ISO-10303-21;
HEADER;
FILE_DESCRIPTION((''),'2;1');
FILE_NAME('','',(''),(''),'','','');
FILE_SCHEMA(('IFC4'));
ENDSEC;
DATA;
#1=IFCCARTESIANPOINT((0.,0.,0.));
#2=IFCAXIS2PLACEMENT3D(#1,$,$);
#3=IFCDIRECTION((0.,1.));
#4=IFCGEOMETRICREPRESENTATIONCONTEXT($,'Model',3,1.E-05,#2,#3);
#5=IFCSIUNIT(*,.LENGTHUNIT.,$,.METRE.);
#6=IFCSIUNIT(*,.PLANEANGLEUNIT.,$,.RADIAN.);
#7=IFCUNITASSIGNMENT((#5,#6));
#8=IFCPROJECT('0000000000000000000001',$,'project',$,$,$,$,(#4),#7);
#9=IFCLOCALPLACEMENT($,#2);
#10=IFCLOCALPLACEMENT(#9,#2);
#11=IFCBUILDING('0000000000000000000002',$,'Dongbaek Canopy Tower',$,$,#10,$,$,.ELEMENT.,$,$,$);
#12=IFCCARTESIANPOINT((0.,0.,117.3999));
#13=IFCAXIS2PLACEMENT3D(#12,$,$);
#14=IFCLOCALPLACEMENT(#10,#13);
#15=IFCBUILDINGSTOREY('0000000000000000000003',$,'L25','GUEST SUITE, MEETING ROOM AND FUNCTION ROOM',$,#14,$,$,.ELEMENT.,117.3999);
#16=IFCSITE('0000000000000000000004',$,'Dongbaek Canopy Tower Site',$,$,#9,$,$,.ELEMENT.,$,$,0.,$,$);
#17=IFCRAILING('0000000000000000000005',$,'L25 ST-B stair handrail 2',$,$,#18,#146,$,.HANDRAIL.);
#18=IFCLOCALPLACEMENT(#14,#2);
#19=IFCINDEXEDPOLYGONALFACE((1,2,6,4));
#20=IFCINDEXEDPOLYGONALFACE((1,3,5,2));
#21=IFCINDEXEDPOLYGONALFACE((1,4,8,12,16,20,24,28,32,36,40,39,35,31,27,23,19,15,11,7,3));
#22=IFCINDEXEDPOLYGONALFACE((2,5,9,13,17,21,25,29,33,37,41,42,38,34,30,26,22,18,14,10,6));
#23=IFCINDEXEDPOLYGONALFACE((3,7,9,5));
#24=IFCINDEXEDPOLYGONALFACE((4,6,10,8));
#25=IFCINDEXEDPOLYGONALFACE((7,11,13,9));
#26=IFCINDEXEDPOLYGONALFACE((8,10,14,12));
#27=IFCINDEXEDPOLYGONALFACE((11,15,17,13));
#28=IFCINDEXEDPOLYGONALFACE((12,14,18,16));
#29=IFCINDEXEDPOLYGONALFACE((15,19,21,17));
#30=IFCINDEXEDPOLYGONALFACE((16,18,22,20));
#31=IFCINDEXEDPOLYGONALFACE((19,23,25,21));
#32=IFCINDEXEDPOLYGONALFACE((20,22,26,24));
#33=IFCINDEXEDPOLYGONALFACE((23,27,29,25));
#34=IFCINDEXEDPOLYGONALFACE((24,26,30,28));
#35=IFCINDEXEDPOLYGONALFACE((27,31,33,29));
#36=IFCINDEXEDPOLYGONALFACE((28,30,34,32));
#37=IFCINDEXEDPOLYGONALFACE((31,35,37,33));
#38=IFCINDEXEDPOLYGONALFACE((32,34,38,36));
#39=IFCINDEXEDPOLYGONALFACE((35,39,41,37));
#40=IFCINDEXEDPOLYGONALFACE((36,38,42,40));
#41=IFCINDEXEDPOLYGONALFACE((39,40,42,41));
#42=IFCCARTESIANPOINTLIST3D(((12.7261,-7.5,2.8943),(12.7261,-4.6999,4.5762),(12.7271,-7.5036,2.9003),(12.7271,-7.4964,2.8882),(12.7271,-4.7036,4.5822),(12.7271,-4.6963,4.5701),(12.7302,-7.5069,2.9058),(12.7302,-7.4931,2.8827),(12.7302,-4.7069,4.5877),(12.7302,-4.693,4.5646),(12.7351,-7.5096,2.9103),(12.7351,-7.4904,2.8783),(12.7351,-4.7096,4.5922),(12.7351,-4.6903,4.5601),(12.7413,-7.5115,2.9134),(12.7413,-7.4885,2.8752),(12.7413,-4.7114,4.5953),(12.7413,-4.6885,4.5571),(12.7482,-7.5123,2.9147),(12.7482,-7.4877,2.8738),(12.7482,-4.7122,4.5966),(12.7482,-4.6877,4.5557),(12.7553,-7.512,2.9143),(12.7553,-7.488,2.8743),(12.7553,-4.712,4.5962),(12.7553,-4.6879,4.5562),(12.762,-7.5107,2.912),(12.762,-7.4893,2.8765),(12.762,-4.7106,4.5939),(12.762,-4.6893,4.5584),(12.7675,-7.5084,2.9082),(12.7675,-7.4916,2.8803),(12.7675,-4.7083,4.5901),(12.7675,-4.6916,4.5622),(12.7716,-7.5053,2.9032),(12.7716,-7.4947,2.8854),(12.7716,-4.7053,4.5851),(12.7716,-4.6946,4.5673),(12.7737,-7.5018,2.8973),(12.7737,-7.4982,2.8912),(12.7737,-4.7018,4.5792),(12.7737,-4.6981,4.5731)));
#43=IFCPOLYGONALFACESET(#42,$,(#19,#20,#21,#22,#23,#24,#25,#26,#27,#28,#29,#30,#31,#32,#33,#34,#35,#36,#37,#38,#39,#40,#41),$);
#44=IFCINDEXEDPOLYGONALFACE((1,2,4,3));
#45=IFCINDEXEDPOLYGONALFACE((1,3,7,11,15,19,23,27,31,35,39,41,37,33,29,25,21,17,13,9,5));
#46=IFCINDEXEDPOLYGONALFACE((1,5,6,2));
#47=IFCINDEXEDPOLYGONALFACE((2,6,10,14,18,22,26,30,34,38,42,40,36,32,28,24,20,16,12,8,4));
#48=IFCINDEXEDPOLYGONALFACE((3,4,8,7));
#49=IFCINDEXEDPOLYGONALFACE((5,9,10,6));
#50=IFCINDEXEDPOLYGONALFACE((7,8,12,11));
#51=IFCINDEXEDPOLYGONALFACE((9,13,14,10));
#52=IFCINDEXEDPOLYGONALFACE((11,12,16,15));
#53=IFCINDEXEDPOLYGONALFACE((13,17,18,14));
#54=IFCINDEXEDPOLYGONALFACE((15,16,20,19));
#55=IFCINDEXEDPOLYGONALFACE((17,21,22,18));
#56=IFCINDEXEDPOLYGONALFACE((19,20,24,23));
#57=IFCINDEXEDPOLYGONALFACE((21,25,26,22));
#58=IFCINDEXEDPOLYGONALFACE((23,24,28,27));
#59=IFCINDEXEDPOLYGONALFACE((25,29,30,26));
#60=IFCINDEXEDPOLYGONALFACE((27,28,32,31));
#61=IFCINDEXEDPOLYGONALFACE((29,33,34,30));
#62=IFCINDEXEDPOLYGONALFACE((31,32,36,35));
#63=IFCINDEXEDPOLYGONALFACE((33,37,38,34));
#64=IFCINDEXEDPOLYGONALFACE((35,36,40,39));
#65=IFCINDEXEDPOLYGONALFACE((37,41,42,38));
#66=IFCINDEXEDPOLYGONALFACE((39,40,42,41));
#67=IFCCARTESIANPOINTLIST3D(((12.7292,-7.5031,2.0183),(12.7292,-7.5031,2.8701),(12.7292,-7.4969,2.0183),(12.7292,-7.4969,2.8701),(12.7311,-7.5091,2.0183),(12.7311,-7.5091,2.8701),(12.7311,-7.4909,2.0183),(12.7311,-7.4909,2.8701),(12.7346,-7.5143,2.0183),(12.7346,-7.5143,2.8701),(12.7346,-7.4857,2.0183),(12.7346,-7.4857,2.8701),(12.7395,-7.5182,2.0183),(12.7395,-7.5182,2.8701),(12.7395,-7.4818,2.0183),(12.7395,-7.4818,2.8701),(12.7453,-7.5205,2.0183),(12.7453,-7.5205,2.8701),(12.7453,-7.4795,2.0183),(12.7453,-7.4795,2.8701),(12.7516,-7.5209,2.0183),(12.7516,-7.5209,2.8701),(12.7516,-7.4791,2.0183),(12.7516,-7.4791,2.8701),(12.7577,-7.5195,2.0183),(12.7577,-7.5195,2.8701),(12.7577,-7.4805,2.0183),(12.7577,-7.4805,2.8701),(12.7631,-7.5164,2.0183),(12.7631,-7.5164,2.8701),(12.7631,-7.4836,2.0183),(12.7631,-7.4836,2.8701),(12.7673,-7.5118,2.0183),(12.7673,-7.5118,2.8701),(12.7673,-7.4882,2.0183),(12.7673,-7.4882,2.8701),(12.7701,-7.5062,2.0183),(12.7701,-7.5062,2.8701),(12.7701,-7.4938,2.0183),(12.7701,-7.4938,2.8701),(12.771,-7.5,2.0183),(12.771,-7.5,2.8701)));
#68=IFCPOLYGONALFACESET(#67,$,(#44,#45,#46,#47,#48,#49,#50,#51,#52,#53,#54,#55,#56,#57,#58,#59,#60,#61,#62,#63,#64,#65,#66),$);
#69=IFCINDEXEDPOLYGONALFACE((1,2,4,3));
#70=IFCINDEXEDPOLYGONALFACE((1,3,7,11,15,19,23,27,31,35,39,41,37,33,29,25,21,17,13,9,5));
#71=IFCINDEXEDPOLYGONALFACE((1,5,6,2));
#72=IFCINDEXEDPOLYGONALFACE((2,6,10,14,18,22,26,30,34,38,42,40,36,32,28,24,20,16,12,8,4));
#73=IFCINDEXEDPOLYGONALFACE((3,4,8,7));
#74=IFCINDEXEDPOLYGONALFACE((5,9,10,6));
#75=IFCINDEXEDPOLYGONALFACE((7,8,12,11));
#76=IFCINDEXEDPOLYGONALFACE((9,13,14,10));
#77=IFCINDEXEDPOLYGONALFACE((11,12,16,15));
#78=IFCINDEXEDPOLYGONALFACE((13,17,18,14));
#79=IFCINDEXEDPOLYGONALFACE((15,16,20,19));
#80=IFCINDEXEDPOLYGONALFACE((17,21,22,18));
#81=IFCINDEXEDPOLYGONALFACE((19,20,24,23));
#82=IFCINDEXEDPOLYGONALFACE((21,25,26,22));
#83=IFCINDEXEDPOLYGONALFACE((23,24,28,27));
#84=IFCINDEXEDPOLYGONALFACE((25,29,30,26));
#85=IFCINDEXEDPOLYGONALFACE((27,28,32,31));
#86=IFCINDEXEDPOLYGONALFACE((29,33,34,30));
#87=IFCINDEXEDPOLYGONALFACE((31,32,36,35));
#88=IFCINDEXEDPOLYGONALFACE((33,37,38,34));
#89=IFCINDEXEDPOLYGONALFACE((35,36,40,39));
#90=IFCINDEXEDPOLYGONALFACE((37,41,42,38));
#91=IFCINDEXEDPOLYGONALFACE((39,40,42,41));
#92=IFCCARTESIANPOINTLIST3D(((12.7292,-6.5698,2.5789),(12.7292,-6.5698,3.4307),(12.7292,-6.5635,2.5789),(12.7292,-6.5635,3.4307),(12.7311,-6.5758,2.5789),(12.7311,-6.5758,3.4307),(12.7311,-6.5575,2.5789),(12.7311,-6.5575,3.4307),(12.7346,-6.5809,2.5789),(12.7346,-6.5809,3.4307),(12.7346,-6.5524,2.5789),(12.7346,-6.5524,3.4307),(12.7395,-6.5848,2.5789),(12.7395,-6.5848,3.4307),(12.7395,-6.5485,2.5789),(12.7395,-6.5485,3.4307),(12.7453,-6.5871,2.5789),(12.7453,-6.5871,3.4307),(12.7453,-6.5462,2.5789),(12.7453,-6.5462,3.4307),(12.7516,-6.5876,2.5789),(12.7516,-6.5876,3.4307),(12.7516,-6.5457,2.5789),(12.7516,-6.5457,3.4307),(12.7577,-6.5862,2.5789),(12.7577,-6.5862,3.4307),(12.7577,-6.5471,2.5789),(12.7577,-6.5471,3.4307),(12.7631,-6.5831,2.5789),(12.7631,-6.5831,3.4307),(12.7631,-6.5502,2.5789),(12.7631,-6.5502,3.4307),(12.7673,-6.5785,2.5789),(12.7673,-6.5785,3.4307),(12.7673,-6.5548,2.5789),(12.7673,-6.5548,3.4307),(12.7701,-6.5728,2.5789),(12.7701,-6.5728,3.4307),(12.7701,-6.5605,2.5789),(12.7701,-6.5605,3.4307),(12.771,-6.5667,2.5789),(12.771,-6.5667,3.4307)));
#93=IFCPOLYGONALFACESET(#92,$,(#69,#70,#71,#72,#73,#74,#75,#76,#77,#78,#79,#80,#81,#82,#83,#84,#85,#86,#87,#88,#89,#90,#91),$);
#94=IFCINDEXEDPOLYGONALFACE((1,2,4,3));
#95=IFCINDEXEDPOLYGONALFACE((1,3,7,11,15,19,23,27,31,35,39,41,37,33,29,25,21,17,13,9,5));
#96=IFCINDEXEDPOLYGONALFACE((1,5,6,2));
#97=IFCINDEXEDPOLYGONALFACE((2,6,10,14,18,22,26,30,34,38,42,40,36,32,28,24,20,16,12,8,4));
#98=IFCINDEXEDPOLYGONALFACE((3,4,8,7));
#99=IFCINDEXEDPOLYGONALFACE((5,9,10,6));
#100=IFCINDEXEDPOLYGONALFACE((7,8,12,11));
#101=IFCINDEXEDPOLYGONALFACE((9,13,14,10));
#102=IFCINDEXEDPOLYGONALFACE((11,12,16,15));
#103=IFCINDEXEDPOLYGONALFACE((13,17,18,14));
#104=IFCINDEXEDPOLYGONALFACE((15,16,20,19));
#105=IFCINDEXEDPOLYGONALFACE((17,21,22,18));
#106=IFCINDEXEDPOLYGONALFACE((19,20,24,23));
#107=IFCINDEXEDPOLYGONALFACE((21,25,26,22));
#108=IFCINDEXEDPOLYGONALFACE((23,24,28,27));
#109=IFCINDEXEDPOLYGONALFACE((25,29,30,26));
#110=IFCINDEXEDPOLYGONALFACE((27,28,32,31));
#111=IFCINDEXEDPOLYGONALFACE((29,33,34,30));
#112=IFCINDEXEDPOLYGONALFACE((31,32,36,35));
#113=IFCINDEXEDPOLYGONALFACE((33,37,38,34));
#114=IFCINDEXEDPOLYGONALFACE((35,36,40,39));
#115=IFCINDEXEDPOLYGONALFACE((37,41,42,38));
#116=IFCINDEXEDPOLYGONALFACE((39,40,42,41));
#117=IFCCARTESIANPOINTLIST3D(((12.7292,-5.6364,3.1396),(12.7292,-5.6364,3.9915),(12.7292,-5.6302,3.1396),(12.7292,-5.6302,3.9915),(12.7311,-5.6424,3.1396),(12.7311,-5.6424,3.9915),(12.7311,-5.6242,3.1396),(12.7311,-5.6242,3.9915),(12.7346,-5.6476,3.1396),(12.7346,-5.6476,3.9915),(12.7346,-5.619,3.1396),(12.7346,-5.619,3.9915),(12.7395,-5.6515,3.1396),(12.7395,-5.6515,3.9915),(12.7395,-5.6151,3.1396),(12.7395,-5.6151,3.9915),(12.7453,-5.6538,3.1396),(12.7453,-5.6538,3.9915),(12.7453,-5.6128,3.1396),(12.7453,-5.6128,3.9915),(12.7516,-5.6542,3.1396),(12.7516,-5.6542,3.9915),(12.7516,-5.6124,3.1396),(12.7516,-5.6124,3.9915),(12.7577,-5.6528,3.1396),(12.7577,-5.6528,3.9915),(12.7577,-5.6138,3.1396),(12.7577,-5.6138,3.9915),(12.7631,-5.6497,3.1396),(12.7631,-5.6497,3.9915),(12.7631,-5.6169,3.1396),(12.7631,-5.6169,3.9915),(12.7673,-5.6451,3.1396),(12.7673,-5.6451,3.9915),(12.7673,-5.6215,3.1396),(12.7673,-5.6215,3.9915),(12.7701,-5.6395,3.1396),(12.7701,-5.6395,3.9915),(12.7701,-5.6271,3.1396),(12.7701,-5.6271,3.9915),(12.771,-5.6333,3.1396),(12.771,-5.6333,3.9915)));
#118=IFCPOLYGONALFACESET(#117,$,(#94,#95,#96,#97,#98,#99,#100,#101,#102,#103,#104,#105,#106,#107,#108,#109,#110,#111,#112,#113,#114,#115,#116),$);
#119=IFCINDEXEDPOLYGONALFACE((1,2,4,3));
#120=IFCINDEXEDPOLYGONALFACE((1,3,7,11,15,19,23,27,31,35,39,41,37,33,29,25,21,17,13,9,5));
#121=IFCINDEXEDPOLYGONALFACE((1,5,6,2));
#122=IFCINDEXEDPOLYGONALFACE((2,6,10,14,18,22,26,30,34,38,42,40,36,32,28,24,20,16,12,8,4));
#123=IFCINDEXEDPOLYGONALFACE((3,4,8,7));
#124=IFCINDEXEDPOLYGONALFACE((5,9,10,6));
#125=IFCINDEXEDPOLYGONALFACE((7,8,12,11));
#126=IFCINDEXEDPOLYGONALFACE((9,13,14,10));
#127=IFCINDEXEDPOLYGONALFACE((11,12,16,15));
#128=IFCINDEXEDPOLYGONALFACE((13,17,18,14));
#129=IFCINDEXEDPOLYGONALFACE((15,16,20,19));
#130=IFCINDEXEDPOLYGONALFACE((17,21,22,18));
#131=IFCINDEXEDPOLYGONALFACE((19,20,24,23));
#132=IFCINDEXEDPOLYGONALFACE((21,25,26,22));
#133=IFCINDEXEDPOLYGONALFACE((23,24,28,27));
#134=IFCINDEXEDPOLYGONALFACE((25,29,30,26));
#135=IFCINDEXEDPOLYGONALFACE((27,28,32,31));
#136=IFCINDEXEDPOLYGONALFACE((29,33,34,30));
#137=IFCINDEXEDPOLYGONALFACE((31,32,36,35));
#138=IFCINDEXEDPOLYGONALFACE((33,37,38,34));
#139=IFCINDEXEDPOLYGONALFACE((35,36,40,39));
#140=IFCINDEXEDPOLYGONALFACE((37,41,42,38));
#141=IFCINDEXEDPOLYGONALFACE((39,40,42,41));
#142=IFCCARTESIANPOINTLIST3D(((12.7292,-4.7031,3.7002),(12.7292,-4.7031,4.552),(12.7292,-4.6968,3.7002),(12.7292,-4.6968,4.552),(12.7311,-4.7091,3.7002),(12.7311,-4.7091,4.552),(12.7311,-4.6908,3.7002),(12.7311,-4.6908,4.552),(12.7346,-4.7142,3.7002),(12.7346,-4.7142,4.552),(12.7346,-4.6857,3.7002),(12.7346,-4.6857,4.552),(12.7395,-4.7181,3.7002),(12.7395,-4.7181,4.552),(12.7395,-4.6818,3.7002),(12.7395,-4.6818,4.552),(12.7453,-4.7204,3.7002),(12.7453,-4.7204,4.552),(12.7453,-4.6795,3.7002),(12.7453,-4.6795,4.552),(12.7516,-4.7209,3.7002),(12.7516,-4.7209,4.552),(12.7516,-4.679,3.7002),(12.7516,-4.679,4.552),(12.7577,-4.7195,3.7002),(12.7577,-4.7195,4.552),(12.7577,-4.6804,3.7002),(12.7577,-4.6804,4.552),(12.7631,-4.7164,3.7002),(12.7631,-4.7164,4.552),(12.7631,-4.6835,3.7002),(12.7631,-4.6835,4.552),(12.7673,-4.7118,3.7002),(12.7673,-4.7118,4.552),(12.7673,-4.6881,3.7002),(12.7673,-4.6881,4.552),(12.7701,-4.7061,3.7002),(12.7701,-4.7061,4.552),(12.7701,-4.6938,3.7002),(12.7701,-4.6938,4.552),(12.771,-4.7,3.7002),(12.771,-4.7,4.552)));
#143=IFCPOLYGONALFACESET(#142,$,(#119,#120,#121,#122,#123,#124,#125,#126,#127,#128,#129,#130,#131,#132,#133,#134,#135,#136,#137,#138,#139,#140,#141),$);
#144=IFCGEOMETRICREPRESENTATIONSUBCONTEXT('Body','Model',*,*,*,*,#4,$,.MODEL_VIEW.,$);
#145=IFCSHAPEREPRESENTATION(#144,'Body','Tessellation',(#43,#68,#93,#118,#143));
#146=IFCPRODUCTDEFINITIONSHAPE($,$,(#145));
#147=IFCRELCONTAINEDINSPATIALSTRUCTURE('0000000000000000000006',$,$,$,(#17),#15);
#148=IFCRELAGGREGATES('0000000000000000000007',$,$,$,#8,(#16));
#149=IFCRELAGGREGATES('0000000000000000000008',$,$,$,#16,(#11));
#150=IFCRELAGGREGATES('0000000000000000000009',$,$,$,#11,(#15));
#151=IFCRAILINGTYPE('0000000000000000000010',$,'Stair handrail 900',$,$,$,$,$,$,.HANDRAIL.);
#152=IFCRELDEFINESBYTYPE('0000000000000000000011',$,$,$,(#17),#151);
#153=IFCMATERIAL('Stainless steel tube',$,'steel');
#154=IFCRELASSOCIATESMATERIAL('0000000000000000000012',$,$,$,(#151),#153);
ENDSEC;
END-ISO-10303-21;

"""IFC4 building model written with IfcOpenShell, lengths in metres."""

from ifc_helpers import new_model, si_unit, direction, frame, origin, origin_2d, place, context, subcontext, project, spatial, circle, extrude, material, type_object, element, save


model = new_model("IFC4")

# Units and contexts
model_context = context("Model", 3, precision=1e-05, world=origin(), true_north=direction((0.0, 1.0)))
body_context = subcontext(model_context, "Body", "Model", "MODEL_VIEW")
ifc_project = project(units=[si_unit("LENGTHUNIT", "METRE"), si_unit("PLANEANGLEUNIT", "RADIAN")], contexts=[model_context])

# Site, building, storey
site_placement = place(None, origin())
site = spatial("IfcSite", under=ifc_project, at=site_placement, Name="Dongbaek Canopy Tower Site", CompositionType="ELEMENT", RefElevation=0.0)
building_placement = place(site_placement, origin())
building = spatial("IfcBuilding", under=site, at=building_placement, Name="Dongbaek Canopy Tower", CompositionType="ELEMENT")
storey_placement = place(building_placement, frame((0.0, 0.0, 117.3999)))
storey = spatial("IfcBuildingStorey", under=building, at=storey_placement, Name="L25", Description="GUEST SUITE, MEETING ROOM AND FUNCTION ROOM", CompositionType="ELEMENT", Elevation=117.3999)

# Railing
ifc_material_1 = material(Name="Stainless steel tube", Category="steel")
railing_type_1 = type_object("IfcRailingType", Name="Stair handrail 900", PredefinedType="HANDRAIL", material=ifc_material_1)
railing_1_placement = place(storey_placement, frame((12.75, -7.5, 2.0183)))
element("IfcRailing", 1, at=railing_1_placement, inside=storey, type_object=railing_type_1, Name="L25 ST-B stair handrail 2", PredefinedType="HANDRAIL", context=body_context, shape_type="SweptSolid", body=[
    extrude(circle(Radius=0.0239, at=origin_2d()), frame((0.0, 0.0, 0.876), z_axis=(0.0, 0.857242, 0.514913), x_axis=(-1.0, 0.0, 0.0)), (0.0, 0.0, 1.0), 3.2664),
    extrude(circle(Radius=0.021, at=origin_2d()), origin(), (0.0, 0.0, 1.0), 0.8518),
    extrude(circle(Radius=0.021, at=origin_2d()), frame((0.0, 0.9333, 0.5605)), (0.0, 0.0, 1.0), 0.8518),
    extrude(circle(Radius=0.021, at=origin_2d()), frame((0.0, 1.8667, 1.1213)), (0.0, 0.0, 1.0), 0.8518),
    extrude(circle(Radius=0.021, at=origin_2d()), frame((0.0, 2.8, 1.6819)), (0.0, 0.0, 1.0), 0.8518),
])

save(model, "model.ifc")
